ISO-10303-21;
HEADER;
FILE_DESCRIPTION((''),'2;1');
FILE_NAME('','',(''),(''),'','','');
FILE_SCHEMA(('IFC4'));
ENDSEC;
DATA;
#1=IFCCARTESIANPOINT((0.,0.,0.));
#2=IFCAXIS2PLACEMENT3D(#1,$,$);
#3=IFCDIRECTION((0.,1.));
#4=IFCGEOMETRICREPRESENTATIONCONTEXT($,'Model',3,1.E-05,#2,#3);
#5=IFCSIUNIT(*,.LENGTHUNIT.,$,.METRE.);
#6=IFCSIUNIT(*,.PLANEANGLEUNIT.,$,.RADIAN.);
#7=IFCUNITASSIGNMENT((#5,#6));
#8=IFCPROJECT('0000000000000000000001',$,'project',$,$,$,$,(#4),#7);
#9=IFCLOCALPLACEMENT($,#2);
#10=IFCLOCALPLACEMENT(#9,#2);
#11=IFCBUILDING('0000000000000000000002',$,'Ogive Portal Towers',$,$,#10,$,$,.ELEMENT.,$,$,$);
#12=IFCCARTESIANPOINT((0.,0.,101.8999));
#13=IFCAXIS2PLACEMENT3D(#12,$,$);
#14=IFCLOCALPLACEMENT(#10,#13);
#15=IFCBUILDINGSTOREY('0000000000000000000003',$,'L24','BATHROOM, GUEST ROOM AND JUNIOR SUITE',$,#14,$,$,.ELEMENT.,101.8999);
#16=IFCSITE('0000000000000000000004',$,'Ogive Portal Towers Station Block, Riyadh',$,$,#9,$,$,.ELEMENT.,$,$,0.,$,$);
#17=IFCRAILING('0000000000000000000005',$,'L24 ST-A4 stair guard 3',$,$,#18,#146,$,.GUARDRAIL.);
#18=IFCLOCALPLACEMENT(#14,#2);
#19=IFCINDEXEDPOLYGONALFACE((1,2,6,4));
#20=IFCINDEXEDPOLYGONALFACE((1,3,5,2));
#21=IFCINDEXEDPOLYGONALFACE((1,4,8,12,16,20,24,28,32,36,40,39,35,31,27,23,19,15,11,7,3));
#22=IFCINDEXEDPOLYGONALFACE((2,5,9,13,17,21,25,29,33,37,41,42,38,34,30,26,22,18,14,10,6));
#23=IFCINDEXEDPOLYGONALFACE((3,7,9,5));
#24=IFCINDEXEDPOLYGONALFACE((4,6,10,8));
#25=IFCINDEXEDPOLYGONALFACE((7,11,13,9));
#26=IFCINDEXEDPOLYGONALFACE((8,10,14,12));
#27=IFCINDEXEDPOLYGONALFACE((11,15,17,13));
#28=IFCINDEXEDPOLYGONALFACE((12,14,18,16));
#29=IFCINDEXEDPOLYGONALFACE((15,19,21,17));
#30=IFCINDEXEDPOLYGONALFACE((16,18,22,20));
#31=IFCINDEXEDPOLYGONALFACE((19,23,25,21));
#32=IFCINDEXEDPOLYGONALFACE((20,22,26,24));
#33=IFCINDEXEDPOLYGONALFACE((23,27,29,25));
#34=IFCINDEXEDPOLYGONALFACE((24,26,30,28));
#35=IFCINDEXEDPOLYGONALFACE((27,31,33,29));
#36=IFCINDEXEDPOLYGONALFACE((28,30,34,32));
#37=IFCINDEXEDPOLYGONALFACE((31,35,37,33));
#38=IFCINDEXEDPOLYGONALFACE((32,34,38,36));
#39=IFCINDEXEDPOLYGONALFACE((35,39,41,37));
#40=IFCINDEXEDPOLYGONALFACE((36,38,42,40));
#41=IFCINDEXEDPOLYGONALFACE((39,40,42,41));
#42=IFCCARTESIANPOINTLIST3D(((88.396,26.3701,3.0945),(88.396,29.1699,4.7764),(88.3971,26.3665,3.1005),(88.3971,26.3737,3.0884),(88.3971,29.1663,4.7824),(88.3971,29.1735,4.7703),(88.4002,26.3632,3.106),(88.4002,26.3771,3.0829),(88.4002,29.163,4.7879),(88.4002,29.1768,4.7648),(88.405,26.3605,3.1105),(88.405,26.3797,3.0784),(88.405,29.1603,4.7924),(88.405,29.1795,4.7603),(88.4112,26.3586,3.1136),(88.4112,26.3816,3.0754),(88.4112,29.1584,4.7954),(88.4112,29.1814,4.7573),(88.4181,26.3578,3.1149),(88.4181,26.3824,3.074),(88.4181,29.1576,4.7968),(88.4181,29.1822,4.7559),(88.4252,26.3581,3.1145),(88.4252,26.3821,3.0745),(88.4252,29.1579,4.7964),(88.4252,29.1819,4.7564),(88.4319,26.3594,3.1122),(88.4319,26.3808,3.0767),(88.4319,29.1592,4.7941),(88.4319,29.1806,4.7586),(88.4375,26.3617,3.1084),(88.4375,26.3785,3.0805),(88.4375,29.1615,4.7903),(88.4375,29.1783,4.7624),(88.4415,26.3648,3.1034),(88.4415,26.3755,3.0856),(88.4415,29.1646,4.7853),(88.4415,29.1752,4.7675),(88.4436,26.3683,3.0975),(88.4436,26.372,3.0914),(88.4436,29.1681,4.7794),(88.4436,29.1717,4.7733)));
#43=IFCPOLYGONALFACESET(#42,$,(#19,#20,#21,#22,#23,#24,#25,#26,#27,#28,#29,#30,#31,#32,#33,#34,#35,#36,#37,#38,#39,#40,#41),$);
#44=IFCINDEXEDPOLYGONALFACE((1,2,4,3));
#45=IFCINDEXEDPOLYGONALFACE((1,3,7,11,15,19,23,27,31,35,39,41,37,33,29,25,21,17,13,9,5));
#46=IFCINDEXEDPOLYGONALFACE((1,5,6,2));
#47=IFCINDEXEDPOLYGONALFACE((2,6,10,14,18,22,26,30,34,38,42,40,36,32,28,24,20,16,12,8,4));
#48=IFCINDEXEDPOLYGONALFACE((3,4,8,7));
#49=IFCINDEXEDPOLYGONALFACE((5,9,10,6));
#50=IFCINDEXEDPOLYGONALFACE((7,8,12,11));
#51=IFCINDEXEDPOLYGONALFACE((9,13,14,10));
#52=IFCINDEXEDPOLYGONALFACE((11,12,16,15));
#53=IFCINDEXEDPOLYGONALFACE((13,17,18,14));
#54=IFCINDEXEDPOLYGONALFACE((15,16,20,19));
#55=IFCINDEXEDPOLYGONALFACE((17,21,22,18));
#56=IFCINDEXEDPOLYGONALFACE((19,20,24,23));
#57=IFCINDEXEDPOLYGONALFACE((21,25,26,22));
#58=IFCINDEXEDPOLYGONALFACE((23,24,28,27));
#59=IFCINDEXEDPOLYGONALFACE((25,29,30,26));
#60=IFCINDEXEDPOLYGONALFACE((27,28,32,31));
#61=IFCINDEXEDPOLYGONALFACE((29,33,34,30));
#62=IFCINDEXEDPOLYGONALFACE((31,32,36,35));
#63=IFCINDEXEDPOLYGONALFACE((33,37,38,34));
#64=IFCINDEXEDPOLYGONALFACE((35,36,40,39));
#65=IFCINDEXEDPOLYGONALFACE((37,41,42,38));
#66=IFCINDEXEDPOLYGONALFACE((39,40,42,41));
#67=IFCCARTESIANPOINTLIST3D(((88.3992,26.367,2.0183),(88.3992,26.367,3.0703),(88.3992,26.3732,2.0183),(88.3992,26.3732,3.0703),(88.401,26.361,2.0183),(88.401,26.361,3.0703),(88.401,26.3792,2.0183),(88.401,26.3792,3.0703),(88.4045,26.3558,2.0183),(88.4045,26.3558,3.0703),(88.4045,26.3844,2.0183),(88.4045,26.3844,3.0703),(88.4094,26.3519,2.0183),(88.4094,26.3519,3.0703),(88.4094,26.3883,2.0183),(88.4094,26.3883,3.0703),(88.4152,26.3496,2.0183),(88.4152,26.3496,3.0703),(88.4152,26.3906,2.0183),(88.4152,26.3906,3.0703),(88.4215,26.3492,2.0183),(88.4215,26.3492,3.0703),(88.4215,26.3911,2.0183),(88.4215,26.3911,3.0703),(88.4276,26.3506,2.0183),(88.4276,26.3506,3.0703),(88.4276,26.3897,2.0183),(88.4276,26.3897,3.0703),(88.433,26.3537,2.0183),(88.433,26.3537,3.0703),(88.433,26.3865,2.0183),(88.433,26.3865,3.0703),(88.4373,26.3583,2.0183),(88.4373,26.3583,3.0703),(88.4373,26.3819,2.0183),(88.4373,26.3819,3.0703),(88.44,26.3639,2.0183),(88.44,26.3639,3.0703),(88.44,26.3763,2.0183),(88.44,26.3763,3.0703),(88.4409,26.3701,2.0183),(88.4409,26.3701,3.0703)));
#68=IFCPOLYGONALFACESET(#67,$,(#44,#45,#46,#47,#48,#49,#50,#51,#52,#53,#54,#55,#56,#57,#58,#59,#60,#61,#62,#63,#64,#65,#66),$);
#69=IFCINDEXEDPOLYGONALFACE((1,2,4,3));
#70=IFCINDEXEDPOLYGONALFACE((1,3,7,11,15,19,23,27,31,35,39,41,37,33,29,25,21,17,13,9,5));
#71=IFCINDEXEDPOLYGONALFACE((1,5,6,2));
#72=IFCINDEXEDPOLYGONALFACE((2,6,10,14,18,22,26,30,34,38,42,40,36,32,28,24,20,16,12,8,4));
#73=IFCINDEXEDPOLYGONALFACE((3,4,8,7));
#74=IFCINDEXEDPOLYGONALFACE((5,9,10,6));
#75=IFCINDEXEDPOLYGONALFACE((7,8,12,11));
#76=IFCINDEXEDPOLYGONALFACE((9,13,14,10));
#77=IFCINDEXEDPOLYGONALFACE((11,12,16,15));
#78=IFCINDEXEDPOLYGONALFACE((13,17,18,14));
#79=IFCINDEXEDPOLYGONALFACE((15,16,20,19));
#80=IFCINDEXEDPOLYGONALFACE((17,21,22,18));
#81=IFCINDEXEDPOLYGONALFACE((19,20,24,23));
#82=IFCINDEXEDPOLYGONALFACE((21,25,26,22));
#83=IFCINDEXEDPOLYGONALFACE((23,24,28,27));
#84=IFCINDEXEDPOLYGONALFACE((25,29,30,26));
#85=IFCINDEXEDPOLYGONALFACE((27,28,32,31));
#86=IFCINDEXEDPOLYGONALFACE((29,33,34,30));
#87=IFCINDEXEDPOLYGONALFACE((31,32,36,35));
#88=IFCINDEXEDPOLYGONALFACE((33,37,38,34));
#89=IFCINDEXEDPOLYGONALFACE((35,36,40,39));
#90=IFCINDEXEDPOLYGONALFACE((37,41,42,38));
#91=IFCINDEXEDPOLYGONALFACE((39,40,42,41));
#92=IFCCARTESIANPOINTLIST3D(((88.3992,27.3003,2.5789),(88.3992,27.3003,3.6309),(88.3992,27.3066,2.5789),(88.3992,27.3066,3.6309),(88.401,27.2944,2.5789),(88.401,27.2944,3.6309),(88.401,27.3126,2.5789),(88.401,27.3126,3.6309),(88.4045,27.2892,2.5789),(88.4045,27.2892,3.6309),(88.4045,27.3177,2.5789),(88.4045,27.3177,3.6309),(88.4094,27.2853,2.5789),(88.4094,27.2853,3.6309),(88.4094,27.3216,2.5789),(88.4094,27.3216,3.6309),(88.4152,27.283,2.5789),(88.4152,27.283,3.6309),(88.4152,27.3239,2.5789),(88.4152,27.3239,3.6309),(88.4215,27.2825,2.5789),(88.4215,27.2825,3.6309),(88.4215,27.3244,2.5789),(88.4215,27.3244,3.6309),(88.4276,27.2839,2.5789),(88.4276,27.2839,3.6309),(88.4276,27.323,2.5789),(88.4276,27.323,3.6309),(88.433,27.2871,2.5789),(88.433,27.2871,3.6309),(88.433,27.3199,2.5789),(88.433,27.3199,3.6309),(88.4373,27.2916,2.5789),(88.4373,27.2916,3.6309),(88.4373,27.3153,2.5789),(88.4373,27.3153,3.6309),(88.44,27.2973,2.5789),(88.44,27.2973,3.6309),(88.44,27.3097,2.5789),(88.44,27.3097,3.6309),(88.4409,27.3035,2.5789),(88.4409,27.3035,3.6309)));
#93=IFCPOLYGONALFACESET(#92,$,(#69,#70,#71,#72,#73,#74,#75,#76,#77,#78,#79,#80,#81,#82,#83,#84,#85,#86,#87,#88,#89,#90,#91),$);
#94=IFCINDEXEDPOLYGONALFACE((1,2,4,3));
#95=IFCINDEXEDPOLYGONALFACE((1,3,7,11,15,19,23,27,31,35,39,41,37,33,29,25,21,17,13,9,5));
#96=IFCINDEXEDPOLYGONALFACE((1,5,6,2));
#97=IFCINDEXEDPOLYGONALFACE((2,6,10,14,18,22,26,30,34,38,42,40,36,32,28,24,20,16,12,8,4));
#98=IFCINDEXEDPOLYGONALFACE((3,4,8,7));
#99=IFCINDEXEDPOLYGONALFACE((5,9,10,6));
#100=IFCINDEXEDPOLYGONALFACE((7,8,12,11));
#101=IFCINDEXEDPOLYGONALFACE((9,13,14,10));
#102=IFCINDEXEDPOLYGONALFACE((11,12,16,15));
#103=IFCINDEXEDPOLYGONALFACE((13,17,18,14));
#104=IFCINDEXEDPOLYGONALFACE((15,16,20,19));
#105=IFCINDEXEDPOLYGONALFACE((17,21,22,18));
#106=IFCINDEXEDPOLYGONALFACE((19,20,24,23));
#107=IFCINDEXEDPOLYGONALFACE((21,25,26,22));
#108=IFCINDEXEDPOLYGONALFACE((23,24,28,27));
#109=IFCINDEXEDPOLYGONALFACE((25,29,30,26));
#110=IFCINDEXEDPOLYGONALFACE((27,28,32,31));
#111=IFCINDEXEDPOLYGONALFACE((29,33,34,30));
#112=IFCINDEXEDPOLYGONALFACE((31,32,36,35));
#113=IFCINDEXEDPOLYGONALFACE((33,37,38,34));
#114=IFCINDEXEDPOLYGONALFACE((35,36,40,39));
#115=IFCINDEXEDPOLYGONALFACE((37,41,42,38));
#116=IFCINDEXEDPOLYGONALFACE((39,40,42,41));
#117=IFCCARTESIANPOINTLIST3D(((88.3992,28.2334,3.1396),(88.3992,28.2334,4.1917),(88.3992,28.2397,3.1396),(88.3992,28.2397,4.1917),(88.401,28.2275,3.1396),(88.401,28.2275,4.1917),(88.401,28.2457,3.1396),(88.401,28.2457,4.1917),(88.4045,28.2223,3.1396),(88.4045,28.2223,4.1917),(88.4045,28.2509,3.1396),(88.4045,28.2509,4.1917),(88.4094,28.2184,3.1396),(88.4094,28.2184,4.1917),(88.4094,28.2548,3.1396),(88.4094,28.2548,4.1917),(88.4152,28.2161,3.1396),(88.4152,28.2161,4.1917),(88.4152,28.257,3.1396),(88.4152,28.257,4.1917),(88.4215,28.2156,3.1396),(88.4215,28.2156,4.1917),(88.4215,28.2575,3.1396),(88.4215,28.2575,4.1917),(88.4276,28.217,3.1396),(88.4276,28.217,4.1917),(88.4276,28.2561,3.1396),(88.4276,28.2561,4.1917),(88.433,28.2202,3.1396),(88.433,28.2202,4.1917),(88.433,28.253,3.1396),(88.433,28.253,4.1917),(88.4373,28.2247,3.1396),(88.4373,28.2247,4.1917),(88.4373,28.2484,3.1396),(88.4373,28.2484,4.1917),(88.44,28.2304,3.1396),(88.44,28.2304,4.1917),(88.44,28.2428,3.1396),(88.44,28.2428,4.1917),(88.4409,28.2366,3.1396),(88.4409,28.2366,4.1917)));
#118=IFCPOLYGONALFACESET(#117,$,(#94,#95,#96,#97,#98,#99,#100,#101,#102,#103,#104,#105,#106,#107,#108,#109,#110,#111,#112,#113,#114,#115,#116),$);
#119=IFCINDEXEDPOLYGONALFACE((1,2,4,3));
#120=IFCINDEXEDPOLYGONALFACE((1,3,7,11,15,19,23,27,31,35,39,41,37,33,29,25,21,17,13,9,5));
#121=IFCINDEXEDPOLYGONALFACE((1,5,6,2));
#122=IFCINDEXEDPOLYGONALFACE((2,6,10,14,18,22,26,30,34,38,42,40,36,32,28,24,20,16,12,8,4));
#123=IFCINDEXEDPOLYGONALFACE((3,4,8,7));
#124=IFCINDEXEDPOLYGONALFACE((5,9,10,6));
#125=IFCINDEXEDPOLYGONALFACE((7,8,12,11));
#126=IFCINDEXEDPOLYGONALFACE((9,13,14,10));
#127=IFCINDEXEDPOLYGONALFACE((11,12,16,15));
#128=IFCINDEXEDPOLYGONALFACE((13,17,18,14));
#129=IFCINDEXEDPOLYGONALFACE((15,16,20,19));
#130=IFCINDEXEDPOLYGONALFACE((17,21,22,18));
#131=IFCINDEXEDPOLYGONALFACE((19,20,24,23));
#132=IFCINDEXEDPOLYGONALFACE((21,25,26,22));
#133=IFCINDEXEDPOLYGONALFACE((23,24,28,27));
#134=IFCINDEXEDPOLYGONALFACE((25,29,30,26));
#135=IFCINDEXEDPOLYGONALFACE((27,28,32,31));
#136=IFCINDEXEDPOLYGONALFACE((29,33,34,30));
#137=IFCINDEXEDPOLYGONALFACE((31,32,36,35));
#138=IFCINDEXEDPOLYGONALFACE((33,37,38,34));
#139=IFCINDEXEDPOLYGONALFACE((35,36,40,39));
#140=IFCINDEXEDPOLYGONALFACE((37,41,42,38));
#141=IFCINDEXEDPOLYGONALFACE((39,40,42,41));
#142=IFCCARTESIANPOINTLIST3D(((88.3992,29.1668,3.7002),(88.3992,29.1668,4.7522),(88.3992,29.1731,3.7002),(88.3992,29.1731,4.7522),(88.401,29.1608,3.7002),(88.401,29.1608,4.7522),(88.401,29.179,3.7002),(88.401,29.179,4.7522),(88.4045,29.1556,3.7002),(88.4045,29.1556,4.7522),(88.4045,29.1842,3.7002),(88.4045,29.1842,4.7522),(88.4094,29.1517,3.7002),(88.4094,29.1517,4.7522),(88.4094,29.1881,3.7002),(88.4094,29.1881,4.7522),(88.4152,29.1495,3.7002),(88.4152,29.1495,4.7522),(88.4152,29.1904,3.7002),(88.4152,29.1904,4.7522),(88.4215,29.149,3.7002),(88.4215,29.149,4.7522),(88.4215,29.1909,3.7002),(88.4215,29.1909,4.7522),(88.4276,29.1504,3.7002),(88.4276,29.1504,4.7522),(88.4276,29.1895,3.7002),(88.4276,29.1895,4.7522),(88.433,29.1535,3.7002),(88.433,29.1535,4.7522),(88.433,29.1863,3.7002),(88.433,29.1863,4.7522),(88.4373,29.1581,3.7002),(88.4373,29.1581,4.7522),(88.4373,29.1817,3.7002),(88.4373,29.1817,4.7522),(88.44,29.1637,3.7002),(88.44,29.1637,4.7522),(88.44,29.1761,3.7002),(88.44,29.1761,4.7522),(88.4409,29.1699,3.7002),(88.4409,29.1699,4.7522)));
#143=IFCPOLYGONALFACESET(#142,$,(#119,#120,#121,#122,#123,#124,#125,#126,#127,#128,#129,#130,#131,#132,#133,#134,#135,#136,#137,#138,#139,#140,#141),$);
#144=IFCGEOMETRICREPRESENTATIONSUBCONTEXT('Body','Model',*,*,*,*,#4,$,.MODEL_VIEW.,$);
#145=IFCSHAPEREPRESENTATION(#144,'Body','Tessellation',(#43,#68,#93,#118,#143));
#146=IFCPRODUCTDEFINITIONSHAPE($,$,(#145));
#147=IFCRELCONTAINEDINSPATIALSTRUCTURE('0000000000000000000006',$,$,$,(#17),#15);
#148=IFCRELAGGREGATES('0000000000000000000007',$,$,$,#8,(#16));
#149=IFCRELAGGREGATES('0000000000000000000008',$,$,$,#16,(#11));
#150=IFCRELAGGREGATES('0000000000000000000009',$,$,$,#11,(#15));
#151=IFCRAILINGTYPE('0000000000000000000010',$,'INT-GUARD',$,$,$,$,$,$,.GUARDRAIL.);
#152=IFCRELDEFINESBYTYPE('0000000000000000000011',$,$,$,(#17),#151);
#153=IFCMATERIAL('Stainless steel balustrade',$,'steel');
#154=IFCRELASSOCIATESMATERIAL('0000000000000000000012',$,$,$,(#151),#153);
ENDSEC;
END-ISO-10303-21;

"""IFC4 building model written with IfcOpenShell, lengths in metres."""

from ifc_helpers import new_model, si_unit, direction, frame, origin, origin_2d, place, context, subcontext, project, spatial, circle, extrude, material, type_object, element, save


model = new_model("IFC4")

# Units and contexts
model_context = context("Model", 3, precision=1e-05, world=origin(), true_north=direction((0.0, 1.0)))
body_context = subcontext(model_context, "Body", "Model", "MODEL_VIEW")
ifc_project = project(units=[si_unit("LENGTHUNIT", "METRE"), si_unit("PLANEANGLEUNIT", "RADIAN")], contexts=[model_context])

# Site, building, storey
site_placement = place(None, origin())
site = spatial("IfcSite", under=ifc_project, at=site_placement, Name="Ogive Portal Towers Station Block, Riyadh", CompositionType="ELEMENT", RefElevation=0.0)
building_placement = place(site_placement, origin())
building = spatial("IfcBuilding", under=site, at=building_placement, Name="Ogive Portal Towers", CompositionType="ELEMENT")
storey_placement = place(building_placement, frame((0.0, 0.0, 101.8999)))
storey = spatial("IfcBuildingStorey", under=building, at=storey_placement, Name="L24", Description="BATHROOM, GUEST ROOM AND JUNIOR SUITE", CompositionType="ELEMENT", Elevation=101.8999)

# Railing
ifc_material_1 = material(Name="Stainless steel balustrade", Category="steel")
railing_type_1 = type_object("IfcRailingType", Name="INT-GUARD", PredefinedType="GUARDRAIL", material=ifc_material_1)
railing_1_placement = place(storey_placement, frame((88.4199, 26.3701, 2.0183)))
element("IfcRailing", 1, at=railing_1_placement, inside=storey, type_object=railing_type_1, Name="L24 ST-A4 stair guard 3", PredefinedType="GUARDRAIL", context=body_context, shape_type="SweptSolid", body=[
    extrude(circle(Radius=0.0239, at=origin_2d()), frame((0.0, 0.0, 1.0762), z_axis=(0.0, 0.857222, 0.514946), x_axis=(-1.0, 0.0, 0.0)), (0.0, 0.0, 1.0), 3.2661),
    extrude(circle(Radius=0.021, at=origin_2d()), origin(), (0.0, 0.0, 1.0), 1.052),
    extrude(circle(Radius=0.021, at=origin_2d()), frame((0.0, 0.9333, 0.5605)), (0.0, 0.0, 1.0), 1.052),
    extrude(circle(Radius=0.021, at=origin_2d()), frame((0.0, 1.8665, 1.1213)), (0.0, 0.0, 1.0), 1.052),
    extrude(circle(Radius=0.021, at=origin_2d()), frame((0.0, 2.7998, 1.6819)), (0.0, 0.0, 1.0), 1.052),
])

save(model, "model.ifc")
